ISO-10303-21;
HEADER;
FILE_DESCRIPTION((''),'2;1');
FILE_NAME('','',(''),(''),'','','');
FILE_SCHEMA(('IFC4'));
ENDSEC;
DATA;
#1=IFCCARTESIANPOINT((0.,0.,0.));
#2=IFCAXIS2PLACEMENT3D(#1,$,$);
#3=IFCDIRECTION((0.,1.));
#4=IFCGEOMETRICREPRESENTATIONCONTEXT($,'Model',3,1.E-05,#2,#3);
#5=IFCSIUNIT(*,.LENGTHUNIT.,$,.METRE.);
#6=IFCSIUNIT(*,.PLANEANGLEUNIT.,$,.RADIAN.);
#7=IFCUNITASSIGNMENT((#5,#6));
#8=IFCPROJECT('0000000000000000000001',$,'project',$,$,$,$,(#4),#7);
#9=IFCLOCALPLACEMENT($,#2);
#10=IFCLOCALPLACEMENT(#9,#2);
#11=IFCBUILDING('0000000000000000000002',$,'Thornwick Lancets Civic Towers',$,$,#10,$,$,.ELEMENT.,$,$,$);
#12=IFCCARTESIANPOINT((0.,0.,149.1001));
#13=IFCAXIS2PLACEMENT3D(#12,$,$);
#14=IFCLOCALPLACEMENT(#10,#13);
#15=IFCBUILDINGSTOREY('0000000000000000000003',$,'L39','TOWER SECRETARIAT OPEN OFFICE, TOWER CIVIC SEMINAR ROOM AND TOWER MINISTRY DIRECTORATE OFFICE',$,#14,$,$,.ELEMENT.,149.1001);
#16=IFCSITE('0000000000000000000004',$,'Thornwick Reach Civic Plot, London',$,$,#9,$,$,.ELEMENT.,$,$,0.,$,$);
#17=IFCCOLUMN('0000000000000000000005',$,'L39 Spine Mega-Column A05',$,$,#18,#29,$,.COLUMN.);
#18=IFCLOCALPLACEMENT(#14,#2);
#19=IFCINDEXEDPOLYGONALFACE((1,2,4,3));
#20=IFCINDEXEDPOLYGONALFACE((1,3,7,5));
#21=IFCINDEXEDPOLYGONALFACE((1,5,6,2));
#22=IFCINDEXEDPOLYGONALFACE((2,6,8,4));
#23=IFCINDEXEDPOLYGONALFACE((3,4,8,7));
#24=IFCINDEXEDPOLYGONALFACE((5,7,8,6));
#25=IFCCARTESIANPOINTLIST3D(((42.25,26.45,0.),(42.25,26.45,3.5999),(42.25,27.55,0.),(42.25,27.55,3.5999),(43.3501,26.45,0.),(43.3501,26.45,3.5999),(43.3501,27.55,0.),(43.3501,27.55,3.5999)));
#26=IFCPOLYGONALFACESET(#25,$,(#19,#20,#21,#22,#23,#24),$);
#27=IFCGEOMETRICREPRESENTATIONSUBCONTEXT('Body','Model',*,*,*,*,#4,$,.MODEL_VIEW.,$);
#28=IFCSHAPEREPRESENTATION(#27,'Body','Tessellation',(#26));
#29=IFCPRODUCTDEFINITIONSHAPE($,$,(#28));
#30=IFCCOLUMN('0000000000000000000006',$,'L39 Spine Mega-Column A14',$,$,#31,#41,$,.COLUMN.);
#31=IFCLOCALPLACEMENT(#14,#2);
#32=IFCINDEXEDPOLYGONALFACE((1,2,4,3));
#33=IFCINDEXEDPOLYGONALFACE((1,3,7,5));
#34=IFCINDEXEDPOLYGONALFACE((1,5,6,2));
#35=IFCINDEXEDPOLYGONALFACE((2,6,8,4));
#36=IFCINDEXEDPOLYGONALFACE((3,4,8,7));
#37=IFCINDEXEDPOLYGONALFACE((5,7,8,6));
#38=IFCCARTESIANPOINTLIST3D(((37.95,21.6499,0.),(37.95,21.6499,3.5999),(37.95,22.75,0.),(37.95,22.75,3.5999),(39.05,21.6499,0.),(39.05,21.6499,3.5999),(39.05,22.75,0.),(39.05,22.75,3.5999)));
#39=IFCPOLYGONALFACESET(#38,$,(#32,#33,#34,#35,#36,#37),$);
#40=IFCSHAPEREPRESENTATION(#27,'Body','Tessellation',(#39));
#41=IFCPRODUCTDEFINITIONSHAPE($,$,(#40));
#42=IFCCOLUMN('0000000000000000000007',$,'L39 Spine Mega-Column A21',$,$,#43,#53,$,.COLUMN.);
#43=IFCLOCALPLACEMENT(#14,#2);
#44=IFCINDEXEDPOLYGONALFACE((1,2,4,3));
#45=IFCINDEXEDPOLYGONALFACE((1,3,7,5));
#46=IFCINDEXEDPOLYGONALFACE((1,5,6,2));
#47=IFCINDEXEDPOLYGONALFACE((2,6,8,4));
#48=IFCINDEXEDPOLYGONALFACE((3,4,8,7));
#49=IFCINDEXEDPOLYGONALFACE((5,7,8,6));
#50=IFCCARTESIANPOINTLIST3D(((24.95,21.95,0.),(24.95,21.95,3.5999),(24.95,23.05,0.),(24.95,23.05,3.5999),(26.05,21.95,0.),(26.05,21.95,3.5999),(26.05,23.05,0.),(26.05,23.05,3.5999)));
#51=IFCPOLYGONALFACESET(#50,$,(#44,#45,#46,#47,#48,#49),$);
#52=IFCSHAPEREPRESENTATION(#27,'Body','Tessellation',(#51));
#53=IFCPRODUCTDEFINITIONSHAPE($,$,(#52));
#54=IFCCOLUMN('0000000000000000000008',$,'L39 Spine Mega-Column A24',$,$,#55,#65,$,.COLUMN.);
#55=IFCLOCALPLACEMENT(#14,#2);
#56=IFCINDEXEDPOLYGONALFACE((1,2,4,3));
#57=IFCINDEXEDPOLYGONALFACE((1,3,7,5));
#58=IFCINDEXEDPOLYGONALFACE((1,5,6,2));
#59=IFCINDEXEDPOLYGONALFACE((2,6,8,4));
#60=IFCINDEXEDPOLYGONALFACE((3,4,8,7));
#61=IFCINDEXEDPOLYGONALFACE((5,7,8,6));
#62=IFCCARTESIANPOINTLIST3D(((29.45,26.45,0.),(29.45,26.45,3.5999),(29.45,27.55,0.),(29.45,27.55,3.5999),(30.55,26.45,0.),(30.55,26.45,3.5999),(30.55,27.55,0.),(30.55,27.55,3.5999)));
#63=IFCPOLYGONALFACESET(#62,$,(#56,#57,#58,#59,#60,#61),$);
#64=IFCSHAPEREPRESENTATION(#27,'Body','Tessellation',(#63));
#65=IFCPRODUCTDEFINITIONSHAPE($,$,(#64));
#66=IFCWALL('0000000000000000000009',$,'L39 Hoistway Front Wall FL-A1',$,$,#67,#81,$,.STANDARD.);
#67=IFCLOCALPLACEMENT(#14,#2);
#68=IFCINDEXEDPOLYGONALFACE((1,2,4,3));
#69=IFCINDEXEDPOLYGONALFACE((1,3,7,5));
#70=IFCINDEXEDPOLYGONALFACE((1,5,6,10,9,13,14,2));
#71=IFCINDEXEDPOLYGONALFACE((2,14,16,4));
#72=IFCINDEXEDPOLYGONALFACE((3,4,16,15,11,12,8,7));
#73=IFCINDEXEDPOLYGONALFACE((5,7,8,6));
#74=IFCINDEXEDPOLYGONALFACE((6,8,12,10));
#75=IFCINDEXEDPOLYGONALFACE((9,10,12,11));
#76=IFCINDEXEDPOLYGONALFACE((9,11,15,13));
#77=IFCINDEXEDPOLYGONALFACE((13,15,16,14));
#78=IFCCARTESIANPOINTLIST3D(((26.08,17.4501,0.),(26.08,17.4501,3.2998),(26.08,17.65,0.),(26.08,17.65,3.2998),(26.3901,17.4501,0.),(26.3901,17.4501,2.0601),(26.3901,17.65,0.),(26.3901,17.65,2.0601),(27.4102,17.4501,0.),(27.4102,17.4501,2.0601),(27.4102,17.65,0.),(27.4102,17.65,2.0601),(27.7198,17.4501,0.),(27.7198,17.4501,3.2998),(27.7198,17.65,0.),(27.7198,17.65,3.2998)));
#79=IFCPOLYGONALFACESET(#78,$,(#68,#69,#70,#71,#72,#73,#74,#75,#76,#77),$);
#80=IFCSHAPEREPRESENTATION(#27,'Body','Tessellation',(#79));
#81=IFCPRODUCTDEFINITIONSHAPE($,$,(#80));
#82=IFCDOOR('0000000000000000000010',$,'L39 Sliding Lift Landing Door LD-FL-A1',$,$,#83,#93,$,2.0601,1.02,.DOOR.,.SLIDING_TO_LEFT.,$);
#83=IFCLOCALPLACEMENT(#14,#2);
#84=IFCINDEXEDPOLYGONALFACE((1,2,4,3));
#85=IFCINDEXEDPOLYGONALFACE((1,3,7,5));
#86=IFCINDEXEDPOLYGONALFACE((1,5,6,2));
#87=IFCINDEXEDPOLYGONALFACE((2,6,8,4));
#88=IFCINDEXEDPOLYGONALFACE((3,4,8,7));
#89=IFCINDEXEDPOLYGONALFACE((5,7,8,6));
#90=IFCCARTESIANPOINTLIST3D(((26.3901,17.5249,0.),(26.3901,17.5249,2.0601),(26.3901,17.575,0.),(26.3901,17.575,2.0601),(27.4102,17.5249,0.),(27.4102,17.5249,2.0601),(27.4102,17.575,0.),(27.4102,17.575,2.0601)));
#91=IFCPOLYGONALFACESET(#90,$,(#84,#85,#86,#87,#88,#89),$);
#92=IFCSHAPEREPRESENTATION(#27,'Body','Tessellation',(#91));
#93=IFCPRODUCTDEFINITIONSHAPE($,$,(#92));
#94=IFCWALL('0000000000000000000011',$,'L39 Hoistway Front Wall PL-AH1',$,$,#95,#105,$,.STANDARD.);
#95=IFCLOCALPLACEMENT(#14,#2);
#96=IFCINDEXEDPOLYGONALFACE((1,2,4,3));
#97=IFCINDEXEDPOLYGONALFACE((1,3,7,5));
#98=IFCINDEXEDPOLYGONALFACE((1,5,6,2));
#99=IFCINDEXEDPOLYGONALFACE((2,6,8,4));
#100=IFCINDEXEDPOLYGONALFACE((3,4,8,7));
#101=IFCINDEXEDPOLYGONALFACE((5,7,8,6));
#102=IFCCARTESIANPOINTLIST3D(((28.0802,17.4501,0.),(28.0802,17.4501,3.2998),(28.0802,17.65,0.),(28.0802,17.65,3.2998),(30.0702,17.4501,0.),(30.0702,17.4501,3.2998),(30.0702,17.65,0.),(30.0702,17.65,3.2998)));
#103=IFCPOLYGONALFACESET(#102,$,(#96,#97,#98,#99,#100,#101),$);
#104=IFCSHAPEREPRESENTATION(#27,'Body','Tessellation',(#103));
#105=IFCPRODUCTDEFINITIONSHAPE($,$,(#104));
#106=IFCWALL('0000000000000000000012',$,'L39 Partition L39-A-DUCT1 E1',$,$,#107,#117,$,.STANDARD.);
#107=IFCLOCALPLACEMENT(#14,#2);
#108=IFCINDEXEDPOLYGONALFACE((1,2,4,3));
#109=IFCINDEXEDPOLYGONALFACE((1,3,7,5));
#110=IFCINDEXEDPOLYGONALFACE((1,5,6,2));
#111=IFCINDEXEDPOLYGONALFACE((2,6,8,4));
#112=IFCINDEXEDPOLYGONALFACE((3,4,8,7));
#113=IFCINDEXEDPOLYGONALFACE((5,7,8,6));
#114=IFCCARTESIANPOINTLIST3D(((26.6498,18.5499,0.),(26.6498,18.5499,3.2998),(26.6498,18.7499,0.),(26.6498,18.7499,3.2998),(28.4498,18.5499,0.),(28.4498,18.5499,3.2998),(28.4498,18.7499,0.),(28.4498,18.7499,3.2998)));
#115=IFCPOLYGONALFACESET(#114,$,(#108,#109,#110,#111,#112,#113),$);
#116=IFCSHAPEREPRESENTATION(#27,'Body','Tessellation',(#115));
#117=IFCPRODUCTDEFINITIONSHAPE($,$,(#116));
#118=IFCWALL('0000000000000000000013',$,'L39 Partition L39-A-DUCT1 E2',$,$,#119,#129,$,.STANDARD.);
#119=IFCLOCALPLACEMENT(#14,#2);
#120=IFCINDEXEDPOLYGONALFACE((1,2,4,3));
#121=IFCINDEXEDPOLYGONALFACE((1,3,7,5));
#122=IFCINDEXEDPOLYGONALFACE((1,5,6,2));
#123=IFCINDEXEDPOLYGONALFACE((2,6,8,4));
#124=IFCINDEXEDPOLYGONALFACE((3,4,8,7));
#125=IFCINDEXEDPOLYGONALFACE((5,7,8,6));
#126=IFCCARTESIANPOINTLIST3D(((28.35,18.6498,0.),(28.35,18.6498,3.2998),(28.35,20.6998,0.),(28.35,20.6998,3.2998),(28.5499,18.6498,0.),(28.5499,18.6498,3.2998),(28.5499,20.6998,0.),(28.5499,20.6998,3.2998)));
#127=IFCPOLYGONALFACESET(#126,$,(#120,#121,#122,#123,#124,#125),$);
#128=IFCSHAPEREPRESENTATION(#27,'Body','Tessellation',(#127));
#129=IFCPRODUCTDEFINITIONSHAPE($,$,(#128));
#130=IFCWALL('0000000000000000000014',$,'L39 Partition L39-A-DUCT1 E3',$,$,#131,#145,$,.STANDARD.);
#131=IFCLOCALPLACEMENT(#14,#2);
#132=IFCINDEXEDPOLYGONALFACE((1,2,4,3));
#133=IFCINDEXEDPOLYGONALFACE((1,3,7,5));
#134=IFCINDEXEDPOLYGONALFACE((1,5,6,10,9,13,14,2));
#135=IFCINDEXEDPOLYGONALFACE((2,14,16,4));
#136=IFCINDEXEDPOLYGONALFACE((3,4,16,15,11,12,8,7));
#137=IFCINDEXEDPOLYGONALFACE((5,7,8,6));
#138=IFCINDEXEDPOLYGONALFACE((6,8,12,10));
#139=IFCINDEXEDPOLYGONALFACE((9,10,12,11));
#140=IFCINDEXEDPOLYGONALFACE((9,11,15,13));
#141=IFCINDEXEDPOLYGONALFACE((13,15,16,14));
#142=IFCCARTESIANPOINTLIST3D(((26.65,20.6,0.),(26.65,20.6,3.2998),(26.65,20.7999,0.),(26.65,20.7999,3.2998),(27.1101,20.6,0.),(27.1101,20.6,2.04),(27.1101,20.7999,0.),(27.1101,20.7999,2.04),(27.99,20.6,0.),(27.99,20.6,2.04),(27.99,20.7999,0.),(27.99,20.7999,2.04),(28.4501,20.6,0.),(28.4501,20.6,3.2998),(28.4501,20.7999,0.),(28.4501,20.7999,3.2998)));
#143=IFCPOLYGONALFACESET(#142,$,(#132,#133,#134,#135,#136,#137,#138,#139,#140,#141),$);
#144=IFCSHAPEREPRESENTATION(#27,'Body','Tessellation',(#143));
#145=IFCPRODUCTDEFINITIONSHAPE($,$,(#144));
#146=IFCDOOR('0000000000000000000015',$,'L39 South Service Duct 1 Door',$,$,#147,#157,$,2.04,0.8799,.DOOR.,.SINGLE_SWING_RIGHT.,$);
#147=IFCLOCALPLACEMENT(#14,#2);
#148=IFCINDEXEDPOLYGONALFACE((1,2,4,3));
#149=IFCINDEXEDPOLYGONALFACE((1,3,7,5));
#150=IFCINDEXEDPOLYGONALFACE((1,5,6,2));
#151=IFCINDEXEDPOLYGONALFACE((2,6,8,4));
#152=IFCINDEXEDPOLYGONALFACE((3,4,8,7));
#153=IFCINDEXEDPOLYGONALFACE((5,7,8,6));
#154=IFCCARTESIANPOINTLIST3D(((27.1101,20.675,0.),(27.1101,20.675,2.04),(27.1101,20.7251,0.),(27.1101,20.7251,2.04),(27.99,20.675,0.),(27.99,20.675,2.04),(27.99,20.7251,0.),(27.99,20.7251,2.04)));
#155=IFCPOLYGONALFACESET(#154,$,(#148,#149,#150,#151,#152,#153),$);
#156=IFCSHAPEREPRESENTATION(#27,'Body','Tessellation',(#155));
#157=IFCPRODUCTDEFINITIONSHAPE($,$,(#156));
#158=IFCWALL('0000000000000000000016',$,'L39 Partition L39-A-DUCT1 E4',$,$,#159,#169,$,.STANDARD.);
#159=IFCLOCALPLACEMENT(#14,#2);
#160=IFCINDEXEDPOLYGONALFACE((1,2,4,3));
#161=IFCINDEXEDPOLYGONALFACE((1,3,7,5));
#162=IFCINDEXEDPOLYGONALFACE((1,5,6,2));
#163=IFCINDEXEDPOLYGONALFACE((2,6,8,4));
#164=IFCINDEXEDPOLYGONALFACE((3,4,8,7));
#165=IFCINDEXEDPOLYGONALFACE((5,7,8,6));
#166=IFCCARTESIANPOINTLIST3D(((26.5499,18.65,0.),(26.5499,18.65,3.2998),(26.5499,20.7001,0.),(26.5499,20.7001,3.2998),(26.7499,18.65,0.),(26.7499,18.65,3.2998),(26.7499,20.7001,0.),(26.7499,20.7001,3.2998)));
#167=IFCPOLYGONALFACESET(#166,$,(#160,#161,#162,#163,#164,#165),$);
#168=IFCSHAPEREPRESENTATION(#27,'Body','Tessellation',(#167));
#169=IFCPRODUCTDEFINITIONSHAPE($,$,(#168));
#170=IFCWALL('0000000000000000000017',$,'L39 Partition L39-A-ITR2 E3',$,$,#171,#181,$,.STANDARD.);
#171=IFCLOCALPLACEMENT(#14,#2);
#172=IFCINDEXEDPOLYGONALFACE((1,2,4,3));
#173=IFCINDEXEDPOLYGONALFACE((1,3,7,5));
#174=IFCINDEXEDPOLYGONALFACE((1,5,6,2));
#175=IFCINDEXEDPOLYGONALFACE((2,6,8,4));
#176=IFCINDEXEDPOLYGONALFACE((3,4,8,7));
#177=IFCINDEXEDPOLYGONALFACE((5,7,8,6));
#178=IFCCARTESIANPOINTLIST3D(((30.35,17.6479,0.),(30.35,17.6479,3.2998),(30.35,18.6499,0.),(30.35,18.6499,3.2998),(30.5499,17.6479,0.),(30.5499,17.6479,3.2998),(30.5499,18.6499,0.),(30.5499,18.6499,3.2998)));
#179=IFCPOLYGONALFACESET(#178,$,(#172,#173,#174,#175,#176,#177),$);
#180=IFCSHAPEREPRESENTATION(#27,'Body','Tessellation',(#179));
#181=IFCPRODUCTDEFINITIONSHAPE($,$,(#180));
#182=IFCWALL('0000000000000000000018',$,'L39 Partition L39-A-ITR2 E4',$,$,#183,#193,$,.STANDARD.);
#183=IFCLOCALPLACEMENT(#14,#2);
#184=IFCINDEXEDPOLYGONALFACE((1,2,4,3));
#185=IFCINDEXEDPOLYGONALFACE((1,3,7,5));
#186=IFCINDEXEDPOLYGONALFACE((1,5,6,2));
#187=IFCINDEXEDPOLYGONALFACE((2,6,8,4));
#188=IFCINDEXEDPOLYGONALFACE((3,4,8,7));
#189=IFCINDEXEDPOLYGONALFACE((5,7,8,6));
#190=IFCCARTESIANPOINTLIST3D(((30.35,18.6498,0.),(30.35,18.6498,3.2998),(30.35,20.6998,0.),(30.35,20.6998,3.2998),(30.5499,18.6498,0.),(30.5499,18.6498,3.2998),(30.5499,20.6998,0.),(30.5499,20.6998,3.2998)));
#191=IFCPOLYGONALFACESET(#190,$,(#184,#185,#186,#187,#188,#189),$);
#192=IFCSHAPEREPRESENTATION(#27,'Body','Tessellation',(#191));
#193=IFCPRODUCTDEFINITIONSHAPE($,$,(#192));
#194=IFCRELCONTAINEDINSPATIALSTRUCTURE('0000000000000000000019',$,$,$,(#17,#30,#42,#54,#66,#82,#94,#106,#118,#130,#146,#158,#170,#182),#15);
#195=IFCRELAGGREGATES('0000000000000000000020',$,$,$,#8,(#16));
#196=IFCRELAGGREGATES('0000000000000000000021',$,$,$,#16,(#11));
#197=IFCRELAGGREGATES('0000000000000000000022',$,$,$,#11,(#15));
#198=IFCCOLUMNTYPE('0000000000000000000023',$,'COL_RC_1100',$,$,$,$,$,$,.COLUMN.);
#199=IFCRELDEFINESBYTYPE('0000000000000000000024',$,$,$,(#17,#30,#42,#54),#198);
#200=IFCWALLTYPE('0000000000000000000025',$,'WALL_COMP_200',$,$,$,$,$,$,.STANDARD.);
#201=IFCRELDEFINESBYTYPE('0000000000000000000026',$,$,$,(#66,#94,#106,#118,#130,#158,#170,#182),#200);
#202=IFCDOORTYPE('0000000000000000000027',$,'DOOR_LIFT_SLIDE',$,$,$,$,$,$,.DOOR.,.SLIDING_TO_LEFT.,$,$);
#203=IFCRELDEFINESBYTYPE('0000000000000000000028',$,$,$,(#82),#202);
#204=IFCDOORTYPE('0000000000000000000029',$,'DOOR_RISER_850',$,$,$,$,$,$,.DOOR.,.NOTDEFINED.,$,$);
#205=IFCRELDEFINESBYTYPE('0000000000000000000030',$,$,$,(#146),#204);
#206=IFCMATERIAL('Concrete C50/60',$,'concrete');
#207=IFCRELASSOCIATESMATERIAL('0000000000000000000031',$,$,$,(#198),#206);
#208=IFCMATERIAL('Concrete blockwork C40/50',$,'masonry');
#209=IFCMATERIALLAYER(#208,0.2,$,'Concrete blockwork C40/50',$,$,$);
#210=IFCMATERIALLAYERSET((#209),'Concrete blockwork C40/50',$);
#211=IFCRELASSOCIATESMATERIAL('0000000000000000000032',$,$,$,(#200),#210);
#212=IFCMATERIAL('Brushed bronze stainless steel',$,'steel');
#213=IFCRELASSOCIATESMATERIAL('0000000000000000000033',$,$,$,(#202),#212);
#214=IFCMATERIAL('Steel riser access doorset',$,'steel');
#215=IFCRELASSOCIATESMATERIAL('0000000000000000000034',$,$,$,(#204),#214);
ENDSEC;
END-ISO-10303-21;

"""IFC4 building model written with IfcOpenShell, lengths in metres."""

from ifc_helpers import new_model, si_unit, direction, frame, frame_2d, origin, origin_2d, place, context, subcontext, project, spatial, rectangle, extrude, material, layer, layer_set, material_profile, profile_set, type_object, element, fill, save


model = new_model("IFC4")

# Units and contexts
model_context = context("Model", 3, precision=1e-05, world=origin(), true_north=direction((0.0, 1.0)))
body_context = subcontext(model_context, "Body", "Model", "MODEL_VIEW")
ifc_project = project(units=[si_unit("LENGTHUNIT", "METRE"), si_unit("PLANEANGLEUNIT", "RADIAN")], contexts=[model_context])

# Site, building, storey
site_placement = place(None, origin())
site = spatial("IfcSite", under=ifc_project, at=site_placement, Name="Thornwick Reach Civic Plot, London", CompositionType="ELEMENT", RefElevation=0.0)
building_placement = place(site_placement, origin())
building = spatial("IfcBuilding", under=site, at=building_placement, Name="Thornwick Lancets Civic Towers", CompositionType="ELEMENT")
storey_placement = place(building_placement, frame((0.0, 0.0, 149.1001)))
storey = spatial("IfcBuildingStorey", under=building, at=storey_placement, Name="L39", Description="TOWER SECRETARIAT OPEN OFFICE, TOWER CIVIC SEMINAR ROOM AND TOWER MINISTRY DIRECTORATE OFFICE", CompositionType="ELEMENT", Elevation=149.1001)

# Columns
ifc_material_1 = material(Name="Concrete C50/60", Category="concrete")
ifc_material_profile = material_profile(ifc_material_1, rectangle(XDim=1.1001, YDim=1.1001, at=origin_2d()), Name="RC 1100x1100")
ifc_profile_set = profile_set([ifc_material_profile], Name="Concrete C50/60")
column_type = type_object("IfcColumnType", Name="COL_RC_1100", PredefinedType="COLUMN", material=ifc_profile_set)
for number, where, z_axis, x_axis, name in (
    (1, (42.8, 27.0, 0.0), (0.0, 0.0, 1.0), (1.0, 0.0, 0.0), "L39 Spine Mega-Column A05"),
    (2, (38.5, 22.2, 0.0), (0.0, 0.0, 1.0), (1.0, 0.0, 0.0), "L39 Spine Mega-Column A14"),
    (3, (25.5, 22.5, 0.0), (0.0, 0.0, 1.0), (1.0, 0.0, 0.0), "L39 Spine Mega-Column A21"),
    (4, (30.0, 27.0, 0.0), (0.0, 0.0, 1.0), (1.0, 0.0, 0.0), "L39 Spine Mega-Column A24"),
):
    element("IfcColumn", number, at=place(storey_placement, frame(where, z_axis=z_axis, x_axis=x_axis)), inside=storey, type_object=column_type, Name=name, PredefinedType="COLUMN", context=body_context, shape_type="SweptSolid", body=[
        extrude(rectangle(XDim=1.1001, YDim=1.1001, at=origin_2d()), origin(), (0.0, 0.0, 1.0), 3.5999),
    ])

# Wall, opening, door
ifc_material_2 = material(Name="Concrete blockwork C40/50", Category="masonry")
ifc_layer_1 = layer(ifc_material_2, 0.2, Name="Concrete blockwork C40/50")
ifc_layer_set_1 = layer_set([ifc_layer_1], Name="Concrete blockwork C40/50")
wall_type_1 = type_object("IfcWallType", Name="WALL_COMP_200", PredefinedType="STANDARD", material=ifc_layer_set_1)
wall_1_placement = place(storey_placement, frame((26.0801, 17.55, 0.0), z_axis=(0.0, 0.0, 1.0), x_axis=(1.0, 0.0, 0.0)))
wall_1 = element("IfcWall", 5, at=wall_1_placement, inside=storey, type_object=wall_type_1, Name="L39 Hoistway Front Wall FL-A1", PredefinedType="STANDARD", context=body_context, shape_type="SweptSolid", body=[
    extrude(rectangle(XDim=1.6399, YDim=0.2, at=frame_2d((0.8198, 0.0))), origin(), (0.0, 0.0, 1.0), 3.2998),
])
opening_1_placement = place(wall_1_placement, frame((0.3101, 0.0, 0.0)))
opening_1 = element("IfcOpeningElement", 6, at=opening_1_placement, cuts=wall_1, PredefinedType="OPENING", context=body_context, shape_type="SweptSolid", body=[
    extrude(rectangle(XDim=1.02, YDim=2.0601, at=frame_2d((0.51, 1.03))), frame((0.0, 0.1099, 0.0), z_axis=(0.0, -1.0, 0.0), x_axis=(1.0, 0.0, 0.0)), (0.0, 0.0, 1.0), 0.22),
])
ifc_material_3 = material(Name="Brushed bronze stainless steel", Category="steel")
door_type_1 = type_object("IfcDoorType", Name="DOOR_LIFT_SLIDE", OperationType="SLIDING_TO_LEFT", PredefinedType="DOOR", material=ifc_material_3)
door_1_placement = place(opening_1_placement, origin())
door_1 = element("IfcDoor", 7, at=door_1_placement, inside=storey, type_object=door_type_1, Name="L39 Sliding Lift Landing Door LD-FL-A1", OperationType="SLIDING_TO_LEFT", OverallHeight=2.0601, OverallWidth=1.02, PredefinedType="DOOR", context=body_context, shape_type="SweptSolid", body=[
    extrude(rectangle(XDim=1.02, YDim=2.0601, at=frame_2d((0.51, 1.03))), frame((0.0, 0.0249, 0.0), z_axis=(0.0, -1.0, 0.0), x_axis=(1.0, 0.0, 0.0)), (0.0, 0.0, 1.0), 0.05),
])
fill(opening_1, door_1)

# Walls
wall_2_placement = place(storey_placement, frame((28.0801, 17.55, 0.0), z_axis=(0.0, 0.0, 1.0), x_axis=(1.0, 0.0, 0.0)))
element("IfcWall", 8, at=wall_2_placement, inside=storey, type_object=wall_type_1, Name="L39 Hoistway Front Wall PL-AH1", PredefinedType="STANDARD", context=body_context, shape_type="SweptSolid", body=[
    extrude(rectangle(XDim=1.99, YDim=0.2, at=frame_2d((0.9951, 0.0))), origin(), (0.0, 0.0, 1.0), 3.2998),
])
wall_3_placement = place(storey_placement, frame((26.6499, 18.6499, 0.0), z_axis=(0.0, 0.0, 1.0), x_axis=(1.0, 0.0, 0.0)))
element("IfcWall", 9, at=wall_3_placement, inside=storey, type_object=wall_type_1, Name="L39 Partition L39-A-DUCT1 E1", PredefinedType="STANDARD", context=body_context, shape_type="SweptSolid", body=[
    extrude(rectangle(XDim=1.8, YDim=0.2, at=frame_2d((0.8999, 0.0))), origin(), (0.0, 0.0, 1.0), 3.2998),
])
wall_4_placement = place(storey_placement, frame((28.45, 18.6499, 0.0), z_axis=(0.0, 0.0, 1.0), x_axis=(0.0, 1.0, 0.0)))
element("IfcWall", 10, at=wall_4_placement, inside=storey, type_object=wall_type_1, Name="L39 Partition L39-A-DUCT1 E2", PredefinedType="STANDARD", context=body_context, shape_type="SweptSolid", body=[
    extrude(rectangle(XDim=2.05, YDim=0.2, at=frame_2d((1.0249, 0.0))), origin(), (0.0, 0.0, 1.0), 3.2998),
])

# Wall, opening, door
wall_5_placement = place(storey_placement, frame((28.45, 20.7, 0.0), z_axis=(0.0, 0.0, 1.0), x_axis=(-1.0, 0.0, 0.0)))
wall_5 = element("IfcWall", 11, at=wall_5_placement, inside=storey, type_object=wall_type_1, Name="L39 Partition L39-A-DUCT1 E3", PredefinedType="STANDARD", context=body_context, shape_type="SweptSolid", body=[
    extrude(rectangle(XDim=1.8, YDim=0.2, at=frame_2d((0.8999, 0.0))), origin(), (0.0, 0.0, 1.0), 3.2998),
])
opening_2_placement = place(wall_5_placement, frame((0.46, 0.0, 0.0)))
opening_2 = element("IfcOpeningElement", 12, at=opening_2_placement, cuts=wall_5, PredefinedType="OPENING", context=body_context, shape_type="SweptSolid", body=[
    extrude(rectangle(XDim=0.8799, YDim=2.04, at=frame_2d((0.4399, 1.02))), frame((0.0, 0.1099, 0.0), z_axis=(0.0, -1.0, 0.0), x_axis=(1.0, 0.0, 0.0)), (0.0, 0.0, 1.0), 0.22),
])
ifc_material_4 = material(Name="Steel riser access doorset", Category="steel")
door_type_2 = type_object("IfcDoorType", Name="DOOR_RISER_850", OperationType="NOTDEFINED", PredefinedType="DOOR", material=ifc_material_4)
door_2_placement = place(opening_2_placement, origin())
door_2 = element("IfcDoor", 13, at=door_2_placement, inside=storey, type_object=door_type_2, Name="L39 South Service Duct 1 Door", OperationType="SINGLE_SWING_RIGHT", OverallHeight=2.04, OverallWidth=0.8799, PredefinedType="DOOR", context=body_context, shape_type="SweptSolid", body=[
    extrude(rectangle(XDim=0.8799, YDim=2.04, at=frame_2d((0.4399, 1.02))), frame((0.0, 0.0249, 0.0), z_axis=(0.0, -1.0, 0.0), x_axis=(1.0, 0.0, 0.0)), (0.0, 0.0, 1.0), 0.05),
])
fill(opening_2, door_2)

# Walls
wall_6_placement = place(storey_placement, frame((26.6499, 20.7, 0.0), z_axis=(0.0, 0.0, 1.0), x_axis=(0.0, -1.0, 0.0)))
element("IfcWall", 14, at=wall_6_placement, inside=storey, type_object=wall_type_1, Name="L39 Partition L39-A-DUCT1 E4", PredefinedType="STANDARD", context=body_context, shape_type="SweptSolid", body=[
    extrude(rectangle(XDim=2.05, YDim=0.2, at=frame_2d((1.0249, 0.0))), origin(), (0.0, 0.0, 1.0), 3.2998),
])
wall_7_placement = place(storey_placement, frame((30.45, 17.6479, 0.0), z_axis=(0.0, 0.0, 1.0), x_axis=(0.0, 1.0, 0.0)))
element("IfcWall", 15, at=wall_7_placement, inside=storey, type_object=wall_type_1, Name="L39 Partition L39-A-ITR2 E3", PredefinedType="STANDARD", context=body_context, shape_type="SweptSolid", body=[
    extrude(rectangle(XDim=1.002, YDim=0.2, at=frame_2d((0.501, 0.0))), origin(), (0.0, 0.0, 1.0), 3.2998),
])
wall_8_placement = place(storey_placement, frame((30.45, 18.6499, 0.0), z_axis=(0.0, 0.0, 1.0), x_axis=(0.0, 1.0, 0.0)))
element("IfcWall", 16, at=wall_8_placement, inside=storey, type_object=wall_type_1, Name="L39 Partition L39-A-ITR2 E4", PredefinedType="STANDARD", context=body_context, shape_type="SweptSolid", body=[
    extrude(rectangle(XDim=2.05, YDim=0.2, at=frame_2d((1.0249, 0.0))), origin(), (0.0, 0.0, 1.0), 3.2998),
])

save(model, "model.ifc")
